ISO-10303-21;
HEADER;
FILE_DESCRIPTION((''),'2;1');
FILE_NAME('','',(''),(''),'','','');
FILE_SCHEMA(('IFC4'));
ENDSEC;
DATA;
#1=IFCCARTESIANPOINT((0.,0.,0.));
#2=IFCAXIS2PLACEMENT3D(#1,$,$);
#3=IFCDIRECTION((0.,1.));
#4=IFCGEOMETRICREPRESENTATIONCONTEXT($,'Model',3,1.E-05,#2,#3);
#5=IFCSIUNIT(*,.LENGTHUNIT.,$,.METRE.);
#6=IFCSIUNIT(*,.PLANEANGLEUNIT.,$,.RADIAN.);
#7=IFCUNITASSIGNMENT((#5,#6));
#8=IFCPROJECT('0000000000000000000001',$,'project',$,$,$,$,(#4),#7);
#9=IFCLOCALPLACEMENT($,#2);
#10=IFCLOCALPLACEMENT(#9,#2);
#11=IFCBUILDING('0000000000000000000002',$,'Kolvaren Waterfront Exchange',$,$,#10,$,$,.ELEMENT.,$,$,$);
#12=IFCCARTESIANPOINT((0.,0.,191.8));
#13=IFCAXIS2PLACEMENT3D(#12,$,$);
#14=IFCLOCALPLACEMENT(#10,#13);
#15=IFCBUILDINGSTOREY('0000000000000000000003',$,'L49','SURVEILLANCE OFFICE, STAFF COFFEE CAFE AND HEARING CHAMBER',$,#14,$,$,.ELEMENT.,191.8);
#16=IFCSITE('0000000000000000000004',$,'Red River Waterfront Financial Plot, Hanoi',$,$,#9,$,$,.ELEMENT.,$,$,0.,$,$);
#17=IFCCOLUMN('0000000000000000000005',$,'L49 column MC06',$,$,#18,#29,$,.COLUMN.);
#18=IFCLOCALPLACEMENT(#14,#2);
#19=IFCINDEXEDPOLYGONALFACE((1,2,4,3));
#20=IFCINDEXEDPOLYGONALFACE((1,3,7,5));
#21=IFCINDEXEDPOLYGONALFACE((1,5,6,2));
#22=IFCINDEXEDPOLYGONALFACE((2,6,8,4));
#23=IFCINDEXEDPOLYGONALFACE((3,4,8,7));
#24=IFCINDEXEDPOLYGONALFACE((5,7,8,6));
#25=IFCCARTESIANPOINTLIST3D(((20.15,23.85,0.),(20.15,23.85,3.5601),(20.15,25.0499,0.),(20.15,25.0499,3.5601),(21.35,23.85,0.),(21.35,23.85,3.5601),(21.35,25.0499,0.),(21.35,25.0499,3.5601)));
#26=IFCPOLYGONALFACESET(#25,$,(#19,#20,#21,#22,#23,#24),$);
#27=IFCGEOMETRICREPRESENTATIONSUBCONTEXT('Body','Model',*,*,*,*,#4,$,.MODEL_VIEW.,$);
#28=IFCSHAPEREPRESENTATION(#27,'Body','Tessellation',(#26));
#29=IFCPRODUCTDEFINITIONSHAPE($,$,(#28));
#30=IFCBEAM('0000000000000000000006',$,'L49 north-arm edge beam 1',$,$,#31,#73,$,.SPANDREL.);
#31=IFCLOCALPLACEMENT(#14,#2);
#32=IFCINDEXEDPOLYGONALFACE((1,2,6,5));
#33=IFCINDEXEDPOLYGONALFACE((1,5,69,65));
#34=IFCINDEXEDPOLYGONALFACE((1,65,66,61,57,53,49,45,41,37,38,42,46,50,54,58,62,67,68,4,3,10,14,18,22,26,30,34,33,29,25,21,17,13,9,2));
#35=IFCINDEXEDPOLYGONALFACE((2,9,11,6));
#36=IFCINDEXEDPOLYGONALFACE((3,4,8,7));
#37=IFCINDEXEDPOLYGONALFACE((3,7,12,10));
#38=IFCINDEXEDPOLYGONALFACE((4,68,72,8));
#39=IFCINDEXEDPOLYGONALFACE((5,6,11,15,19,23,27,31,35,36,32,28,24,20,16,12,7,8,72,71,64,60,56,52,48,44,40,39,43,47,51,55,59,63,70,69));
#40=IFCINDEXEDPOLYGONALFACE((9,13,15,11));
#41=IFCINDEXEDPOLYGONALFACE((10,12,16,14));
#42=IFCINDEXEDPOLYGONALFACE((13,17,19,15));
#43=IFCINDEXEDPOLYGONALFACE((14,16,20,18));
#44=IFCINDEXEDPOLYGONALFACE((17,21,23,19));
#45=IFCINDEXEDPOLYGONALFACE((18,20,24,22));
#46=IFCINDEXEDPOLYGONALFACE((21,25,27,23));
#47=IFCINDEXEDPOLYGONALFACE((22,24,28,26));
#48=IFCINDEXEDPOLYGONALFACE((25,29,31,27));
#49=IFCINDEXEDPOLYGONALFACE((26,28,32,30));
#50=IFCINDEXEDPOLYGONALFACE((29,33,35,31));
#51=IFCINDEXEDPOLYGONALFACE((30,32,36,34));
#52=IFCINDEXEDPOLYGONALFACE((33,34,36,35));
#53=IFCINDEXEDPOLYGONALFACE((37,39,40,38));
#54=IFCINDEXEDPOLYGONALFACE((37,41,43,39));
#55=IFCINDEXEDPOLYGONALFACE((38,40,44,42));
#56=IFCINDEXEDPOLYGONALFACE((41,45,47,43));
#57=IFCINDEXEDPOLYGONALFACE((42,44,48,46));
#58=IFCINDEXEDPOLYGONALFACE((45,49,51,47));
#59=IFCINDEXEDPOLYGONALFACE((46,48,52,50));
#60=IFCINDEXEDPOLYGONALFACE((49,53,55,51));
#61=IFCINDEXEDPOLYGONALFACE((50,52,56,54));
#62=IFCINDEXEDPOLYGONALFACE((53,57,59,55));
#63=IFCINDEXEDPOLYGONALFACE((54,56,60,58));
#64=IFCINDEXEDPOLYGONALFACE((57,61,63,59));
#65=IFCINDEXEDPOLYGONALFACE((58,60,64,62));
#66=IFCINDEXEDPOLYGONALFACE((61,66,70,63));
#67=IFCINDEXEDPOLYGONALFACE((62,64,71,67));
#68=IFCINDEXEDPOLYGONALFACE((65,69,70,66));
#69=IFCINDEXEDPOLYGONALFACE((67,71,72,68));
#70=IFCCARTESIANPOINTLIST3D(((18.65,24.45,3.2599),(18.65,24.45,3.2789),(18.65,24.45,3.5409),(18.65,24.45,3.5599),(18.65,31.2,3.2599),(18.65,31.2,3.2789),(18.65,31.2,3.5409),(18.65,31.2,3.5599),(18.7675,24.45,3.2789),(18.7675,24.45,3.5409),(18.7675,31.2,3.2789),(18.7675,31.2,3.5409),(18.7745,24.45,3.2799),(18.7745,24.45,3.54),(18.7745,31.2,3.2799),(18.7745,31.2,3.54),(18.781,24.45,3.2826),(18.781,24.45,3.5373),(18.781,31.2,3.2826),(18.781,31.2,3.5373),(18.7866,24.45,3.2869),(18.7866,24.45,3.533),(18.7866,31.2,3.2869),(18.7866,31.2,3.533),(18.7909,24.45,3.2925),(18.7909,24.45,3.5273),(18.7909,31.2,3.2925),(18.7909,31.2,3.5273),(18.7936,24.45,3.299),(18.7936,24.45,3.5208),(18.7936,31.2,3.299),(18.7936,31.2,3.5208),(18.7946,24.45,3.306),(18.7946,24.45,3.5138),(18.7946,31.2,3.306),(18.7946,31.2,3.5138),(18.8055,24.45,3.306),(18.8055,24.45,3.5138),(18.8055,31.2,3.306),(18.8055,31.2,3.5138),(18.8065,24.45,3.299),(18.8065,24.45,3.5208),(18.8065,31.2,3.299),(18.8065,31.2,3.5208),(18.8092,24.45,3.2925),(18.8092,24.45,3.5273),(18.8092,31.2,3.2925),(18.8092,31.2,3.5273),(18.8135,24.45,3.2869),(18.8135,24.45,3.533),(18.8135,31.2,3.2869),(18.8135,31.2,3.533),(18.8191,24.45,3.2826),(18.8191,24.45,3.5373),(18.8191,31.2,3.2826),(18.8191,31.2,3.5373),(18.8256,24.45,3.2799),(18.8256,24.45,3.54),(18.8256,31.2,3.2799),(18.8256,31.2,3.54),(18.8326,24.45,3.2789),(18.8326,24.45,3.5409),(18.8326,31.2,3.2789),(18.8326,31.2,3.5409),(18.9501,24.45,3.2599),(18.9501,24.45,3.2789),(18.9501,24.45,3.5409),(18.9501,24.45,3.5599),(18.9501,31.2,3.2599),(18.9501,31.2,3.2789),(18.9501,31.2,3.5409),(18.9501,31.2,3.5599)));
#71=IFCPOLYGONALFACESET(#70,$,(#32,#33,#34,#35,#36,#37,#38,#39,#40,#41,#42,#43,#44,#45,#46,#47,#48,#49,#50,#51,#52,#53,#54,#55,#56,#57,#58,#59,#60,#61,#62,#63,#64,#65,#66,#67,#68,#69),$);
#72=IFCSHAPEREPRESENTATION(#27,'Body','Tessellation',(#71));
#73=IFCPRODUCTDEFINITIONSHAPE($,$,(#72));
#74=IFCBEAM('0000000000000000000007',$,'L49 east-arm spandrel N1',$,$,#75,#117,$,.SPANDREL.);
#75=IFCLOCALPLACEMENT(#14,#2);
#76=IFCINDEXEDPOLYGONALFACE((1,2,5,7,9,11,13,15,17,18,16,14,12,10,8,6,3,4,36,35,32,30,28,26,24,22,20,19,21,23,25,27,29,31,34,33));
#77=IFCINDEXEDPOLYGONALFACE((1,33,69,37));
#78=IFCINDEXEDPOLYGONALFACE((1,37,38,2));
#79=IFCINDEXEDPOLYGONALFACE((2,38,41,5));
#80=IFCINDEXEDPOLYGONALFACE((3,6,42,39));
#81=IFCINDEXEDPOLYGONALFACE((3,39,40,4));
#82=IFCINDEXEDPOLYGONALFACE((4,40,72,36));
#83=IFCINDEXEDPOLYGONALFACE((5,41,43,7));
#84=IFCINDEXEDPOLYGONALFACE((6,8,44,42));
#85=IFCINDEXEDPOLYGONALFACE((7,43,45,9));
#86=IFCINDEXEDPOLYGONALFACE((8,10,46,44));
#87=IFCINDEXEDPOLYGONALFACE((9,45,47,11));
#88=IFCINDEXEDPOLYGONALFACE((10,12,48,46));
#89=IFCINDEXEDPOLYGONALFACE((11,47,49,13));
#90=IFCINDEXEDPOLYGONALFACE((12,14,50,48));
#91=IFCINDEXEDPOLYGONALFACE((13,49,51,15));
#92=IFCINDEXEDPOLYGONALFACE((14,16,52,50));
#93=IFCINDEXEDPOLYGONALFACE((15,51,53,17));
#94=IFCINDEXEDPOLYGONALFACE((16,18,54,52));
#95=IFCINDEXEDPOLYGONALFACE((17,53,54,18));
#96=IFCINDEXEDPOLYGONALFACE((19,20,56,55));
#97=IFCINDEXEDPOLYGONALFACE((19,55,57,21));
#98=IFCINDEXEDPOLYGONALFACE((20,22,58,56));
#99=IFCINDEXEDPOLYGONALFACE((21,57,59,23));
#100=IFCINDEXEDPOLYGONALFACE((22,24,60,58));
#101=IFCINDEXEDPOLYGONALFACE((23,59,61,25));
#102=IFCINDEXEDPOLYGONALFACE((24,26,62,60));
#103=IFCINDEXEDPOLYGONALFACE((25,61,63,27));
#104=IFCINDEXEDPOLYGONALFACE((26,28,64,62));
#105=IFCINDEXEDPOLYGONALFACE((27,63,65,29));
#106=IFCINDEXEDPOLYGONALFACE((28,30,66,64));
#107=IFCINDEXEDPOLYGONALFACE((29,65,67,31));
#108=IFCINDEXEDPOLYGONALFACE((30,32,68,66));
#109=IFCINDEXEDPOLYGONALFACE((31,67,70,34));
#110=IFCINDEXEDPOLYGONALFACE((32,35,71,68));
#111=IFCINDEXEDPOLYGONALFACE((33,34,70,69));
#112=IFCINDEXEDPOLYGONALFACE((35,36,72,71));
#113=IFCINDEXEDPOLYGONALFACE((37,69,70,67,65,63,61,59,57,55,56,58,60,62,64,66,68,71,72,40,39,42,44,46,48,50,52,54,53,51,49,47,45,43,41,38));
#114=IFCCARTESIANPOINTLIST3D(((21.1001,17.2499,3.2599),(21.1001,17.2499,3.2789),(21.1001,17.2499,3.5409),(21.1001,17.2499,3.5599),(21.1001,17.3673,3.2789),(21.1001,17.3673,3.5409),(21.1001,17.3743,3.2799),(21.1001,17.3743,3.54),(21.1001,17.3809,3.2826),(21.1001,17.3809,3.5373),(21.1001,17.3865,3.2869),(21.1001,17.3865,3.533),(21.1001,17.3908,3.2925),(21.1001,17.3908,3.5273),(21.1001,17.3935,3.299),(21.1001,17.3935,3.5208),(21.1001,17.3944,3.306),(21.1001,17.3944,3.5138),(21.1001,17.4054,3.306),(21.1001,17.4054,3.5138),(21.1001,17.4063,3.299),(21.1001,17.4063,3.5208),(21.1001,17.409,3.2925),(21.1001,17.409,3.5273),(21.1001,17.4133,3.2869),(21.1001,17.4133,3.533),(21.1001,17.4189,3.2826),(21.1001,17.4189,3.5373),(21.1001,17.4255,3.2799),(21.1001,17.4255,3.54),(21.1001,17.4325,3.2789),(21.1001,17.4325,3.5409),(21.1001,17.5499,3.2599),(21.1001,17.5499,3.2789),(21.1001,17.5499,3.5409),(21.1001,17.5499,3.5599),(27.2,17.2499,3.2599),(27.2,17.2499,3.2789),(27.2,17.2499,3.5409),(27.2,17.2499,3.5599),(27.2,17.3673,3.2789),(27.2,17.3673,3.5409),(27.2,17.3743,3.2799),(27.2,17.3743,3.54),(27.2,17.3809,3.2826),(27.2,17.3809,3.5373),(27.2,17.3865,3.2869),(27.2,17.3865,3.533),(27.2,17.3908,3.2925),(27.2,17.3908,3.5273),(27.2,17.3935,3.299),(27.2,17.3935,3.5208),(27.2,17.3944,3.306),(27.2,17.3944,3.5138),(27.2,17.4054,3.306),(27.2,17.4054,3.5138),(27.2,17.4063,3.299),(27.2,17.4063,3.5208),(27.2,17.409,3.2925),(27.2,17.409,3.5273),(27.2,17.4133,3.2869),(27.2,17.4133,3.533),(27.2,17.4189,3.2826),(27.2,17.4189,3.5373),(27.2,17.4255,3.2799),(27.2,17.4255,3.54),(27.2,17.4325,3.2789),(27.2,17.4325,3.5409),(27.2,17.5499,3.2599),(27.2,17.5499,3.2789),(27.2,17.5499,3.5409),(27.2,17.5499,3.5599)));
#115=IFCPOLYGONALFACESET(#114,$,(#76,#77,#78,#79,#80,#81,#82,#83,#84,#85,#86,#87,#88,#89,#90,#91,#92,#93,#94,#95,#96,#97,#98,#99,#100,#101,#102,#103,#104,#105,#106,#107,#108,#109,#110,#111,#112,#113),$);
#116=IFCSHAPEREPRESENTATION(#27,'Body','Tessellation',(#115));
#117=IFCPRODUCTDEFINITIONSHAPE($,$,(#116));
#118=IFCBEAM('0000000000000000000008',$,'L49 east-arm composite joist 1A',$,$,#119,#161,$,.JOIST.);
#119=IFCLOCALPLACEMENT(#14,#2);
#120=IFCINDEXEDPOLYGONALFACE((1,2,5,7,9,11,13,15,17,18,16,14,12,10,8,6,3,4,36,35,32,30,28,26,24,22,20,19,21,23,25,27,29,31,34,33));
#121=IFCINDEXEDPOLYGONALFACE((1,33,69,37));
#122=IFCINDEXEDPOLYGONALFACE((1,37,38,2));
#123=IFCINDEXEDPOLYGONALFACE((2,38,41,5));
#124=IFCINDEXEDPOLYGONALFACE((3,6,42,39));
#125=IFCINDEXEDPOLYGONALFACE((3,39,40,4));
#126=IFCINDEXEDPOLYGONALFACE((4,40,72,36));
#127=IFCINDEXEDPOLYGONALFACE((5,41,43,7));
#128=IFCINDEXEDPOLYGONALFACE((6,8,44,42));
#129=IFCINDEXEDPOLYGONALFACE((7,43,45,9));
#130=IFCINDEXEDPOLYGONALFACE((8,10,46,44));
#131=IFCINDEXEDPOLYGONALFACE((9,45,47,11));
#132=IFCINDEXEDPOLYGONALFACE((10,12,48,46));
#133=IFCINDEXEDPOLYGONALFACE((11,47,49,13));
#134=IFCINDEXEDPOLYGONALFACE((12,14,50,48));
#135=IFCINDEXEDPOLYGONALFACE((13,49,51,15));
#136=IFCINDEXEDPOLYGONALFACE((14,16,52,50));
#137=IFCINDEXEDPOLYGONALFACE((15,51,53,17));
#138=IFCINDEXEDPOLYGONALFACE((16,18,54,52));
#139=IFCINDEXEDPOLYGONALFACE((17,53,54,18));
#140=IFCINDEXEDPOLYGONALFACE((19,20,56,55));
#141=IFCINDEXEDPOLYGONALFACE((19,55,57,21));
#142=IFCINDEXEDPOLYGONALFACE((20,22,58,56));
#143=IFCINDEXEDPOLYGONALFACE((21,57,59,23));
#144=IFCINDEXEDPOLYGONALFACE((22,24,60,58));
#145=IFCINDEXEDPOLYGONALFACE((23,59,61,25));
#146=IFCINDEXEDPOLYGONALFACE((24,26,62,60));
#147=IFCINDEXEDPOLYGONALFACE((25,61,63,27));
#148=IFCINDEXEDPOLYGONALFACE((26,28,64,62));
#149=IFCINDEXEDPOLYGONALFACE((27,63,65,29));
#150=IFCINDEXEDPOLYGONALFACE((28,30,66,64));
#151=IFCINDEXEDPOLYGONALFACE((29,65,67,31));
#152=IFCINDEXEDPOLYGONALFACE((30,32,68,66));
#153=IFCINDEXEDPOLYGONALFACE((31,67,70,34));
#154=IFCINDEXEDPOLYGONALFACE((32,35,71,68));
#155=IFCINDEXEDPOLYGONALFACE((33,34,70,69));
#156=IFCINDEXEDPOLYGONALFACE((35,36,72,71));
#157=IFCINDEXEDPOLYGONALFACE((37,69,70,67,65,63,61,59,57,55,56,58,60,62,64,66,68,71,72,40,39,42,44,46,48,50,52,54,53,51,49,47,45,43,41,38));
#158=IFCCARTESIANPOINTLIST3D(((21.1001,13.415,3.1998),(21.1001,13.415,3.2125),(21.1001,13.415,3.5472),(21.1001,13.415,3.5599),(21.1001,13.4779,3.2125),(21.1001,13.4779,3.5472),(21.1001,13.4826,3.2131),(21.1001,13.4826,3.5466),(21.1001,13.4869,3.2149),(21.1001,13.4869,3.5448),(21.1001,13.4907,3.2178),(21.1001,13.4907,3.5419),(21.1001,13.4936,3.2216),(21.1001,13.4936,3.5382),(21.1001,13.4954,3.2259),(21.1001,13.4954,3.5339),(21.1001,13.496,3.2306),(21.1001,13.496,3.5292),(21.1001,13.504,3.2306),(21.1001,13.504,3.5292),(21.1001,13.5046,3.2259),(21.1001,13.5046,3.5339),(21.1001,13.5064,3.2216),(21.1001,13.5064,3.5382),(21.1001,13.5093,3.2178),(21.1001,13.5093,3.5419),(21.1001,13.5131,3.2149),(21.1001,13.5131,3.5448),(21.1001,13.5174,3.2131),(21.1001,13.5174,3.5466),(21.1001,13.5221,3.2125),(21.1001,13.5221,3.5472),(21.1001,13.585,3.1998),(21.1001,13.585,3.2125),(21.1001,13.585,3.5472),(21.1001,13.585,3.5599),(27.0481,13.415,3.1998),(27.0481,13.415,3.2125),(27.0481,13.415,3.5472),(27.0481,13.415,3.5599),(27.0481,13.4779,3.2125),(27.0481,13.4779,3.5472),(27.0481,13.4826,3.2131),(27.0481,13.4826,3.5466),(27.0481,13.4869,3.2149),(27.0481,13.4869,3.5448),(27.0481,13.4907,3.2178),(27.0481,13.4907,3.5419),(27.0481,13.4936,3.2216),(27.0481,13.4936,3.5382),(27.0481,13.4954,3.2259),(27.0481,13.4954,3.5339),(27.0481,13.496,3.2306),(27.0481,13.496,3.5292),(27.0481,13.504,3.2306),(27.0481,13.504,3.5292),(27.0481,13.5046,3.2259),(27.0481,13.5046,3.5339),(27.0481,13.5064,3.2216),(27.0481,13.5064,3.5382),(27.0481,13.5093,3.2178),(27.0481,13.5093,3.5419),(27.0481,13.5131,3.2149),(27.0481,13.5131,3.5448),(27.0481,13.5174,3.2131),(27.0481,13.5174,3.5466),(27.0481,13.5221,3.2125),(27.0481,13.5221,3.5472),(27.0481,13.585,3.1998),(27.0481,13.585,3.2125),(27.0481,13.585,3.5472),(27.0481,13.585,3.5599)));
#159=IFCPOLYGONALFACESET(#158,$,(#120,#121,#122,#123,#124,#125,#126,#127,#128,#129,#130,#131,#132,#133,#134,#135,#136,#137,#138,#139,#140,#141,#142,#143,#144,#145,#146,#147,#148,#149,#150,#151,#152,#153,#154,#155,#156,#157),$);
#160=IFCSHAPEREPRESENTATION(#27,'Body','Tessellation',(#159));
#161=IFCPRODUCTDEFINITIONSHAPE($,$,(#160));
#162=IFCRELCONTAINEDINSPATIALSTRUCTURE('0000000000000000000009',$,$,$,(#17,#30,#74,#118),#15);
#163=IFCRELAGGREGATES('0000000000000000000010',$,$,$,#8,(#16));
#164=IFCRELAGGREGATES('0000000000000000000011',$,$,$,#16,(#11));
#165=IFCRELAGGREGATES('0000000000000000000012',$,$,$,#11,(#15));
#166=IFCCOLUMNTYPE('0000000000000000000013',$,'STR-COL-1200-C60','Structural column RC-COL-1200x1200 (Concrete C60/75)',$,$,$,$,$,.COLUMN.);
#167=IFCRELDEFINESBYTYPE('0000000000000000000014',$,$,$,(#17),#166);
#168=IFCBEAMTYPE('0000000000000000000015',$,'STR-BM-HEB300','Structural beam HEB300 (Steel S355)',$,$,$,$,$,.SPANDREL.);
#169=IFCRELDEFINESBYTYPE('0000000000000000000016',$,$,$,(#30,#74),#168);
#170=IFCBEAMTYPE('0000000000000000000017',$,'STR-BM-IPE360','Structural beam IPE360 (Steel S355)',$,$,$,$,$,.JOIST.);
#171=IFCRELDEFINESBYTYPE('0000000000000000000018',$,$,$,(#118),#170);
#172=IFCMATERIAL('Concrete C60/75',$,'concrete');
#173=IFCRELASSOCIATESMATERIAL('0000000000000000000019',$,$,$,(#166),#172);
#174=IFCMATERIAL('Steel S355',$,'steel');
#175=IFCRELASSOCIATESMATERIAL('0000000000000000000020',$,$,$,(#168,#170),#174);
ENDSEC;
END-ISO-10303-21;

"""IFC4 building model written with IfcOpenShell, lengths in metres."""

from ifc_helpers import new_model, si_unit, direction, frame, origin, origin_2d, place, context, subcontext, project, spatial, rectangle, i_section, extrude, material, material_profile, profile_set, type_object, element, save


model = new_model("IFC4")

# Units and contexts
model_context = context("Model", 3, precision=1e-05, world=origin(), true_north=direction((0.0, 1.0)))
body_context = subcontext(model_context, "Body", "Model", "MODEL_VIEW")
ifc_project = project(units=[si_unit("LENGTHUNIT", "METRE"), si_unit("PLANEANGLEUNIT", "RADIAN")], contexts=[model_context])

# Site, building, storey
site_placement = place(None, origin())
site = spatial("IfcSite", under=ifc_project, at=site_placement, Name="Red River Waterfront Financial Plot, Hanoi", CompositionType="ELEMENT", RefElevation=0.0)
building_placement = place(site_placement, origin())
building = spatial("IfcBuilding", under=site, at=building_placement, Name="Kolvaren Waterfront Exchange", CompositionType="ELEMENT")
storey_placement = place(building_placement, frame((0.0, 0.0, 191.8)))
storey = spatial("IfcBuildingStorey", under=building, at=storey_placement, Name="L49", Description="SURVEILLANCE OFFICE, STAFF COFFEE CAFE AND HEARING CHAMBER", CompositionType="ELEMENT", Elevation=191.8)

# Column
ifc_material_1 = material(Name="Concrete C60/75", Category="concrete")
ifc_material_profile_1 = material_profile(ifc_material_1, rectangle(XDim=1.2, YDim=1.2, at=origin_2d()), Name="RC-COL-1200x1200")
ifc_profile_set_1 = profile_set([ifc_material_profile_1], Name="Concrete C60/75")
column_type = type_object("IfcColumnType", Name="STR-COL-1200-C60", Description="Structural column RC-COL-1200x1200 (Concrete C60/75)", PredefinedType="COLUMN", material=ifc_profile_set_1)
column_placement = place(storey_placement, frame((20.75, 24.45, 0.0), z_axis=(0.0, 0.0, 1.0), x_axis=(1.0, 0.0, 0.0)))
element("IfcColumn", 1, at=column_placement, inside=storey, type_object=column_type, Name="L49 column MC06", PredefinedType="COLUMN", context=body_context, shape_type="SweptSolid", body=[
    extrude(rectangle(XDim=1.2, YDim=1.2, at=origin_2d()), origin(), (0.0, 0.0, 1.0), 3.5601),
])

# Beams
ifc_material_2 = material(Name="Steel S355", Category="steel")
ifc_material_profile_2 = material_profile(ifc_material_2, i_section(OverallWidth=0.3, OverallDepth=0.3, WebThickness=0.011, FlangeThickness=0.019, FilletRadius=0.0271, at=origin_2d()), Name="HEB300")
ifc_profile_set_2 = profile_set([ifc_material_profile_2], Name="Steel S355")
beam_type_1 = type_object("IfcBeamType", Name="STR-BM-HEB300", Description="Structural beam HEB300 (Steel S355)", PredefinedType="SPANDREL", material=ifc_profile_set_2)
beam_1_placement = place(storey_placement, frame((18.8, 24.45, 3.4099), z_axis=(0.0, 1.0, 0.0), x_axis=(-1.0, 0.0, 0.0)))
element("IfcBeam", 2, at=beam_1_placement, inside=storey, type_object=beam_type_1, Name="L49 north-arm edge beam 1", PredefinedType="SPANDREL", context=body_context, shape_type="SweptSolid", body=[
    extrude(i_section(OverallWidth=0.3, OverallDepth=0.3, WebThickness=0.011, FlangeThickness=0.019, FilletRadius=0.0271, at=origin_2d()), origin(), (0.0, 0.0, 1.0), 6.75),
])
beam_2_placement = place(storey_placement, frame((21.1001, 17.3999, 3.4099), z_axis=(1.0, 0.0, 0.0), x_axis=(0.0, 1.0, 0.0)))
element("IfcBeam", 3, at=beam_2_placement, inside=storey, type_object=beam_type_1, Name="L49 east-arm spandrel N1", PredefinedType="SPANDREL", context=body_context, shape_type="SweptSolid", body=[
    extrude(i_section(OverallWidth=0.3, OverallDepth=0.3, WebThickness=0.011, FlangeThickness=0.019, FilletRadius=0.0271, at=origin_2d()), origin(), (0.0, 0.0, 1.0), 6.0999),
])
ifc_material_profile_3 = material_profile(ifc_material_2, i_section(OverallWidth=0.1699, OverallDepth=0.3601, WebThickness=0.0081, FlangeThickness=0.0127, FilletRadius=0.0181, at=origin_2d()), Name="IPE360")
ifc_profile_set_3 = profile_set([ifc_material_profile_3], Name="Steel S355")
beam_type_2 = type_object("IfcBeamType", Name="STR-BM-IPE360", Description="Structural beam IPE360 (Steel S355)", PredefinedType="JOIST", material=ifc_profile_set_3)
for number, where, z_axis, x_axis, name in (
    (4, (21.1001, 13.5, 3.3799), (1.0, 0.0, 0.0), (0.0, 1.0, 0.0), "L49 east-arm composite joist 1A"),
):
    element("IfcBeam", number, at=place(storey_placement, frame(where, z_axis=z_axis, x_axis=x_axis)), inside=storey, type_object=beam_type_2, Name=name, PredefinedType="JOIST", context=body_context, shape_type="SweptSolid", body=[
        extrude(i_section(OverallWidth=0.1699, OverallDepth=0.3601, WebThickness=0.0081, FlangeThickness=0.0127, FilletRadius=0.0181, at=origin_2d()), origin(), (0.0, 0.0, 1.0), 5.948),
    ])

save(model, "model.ifc")
